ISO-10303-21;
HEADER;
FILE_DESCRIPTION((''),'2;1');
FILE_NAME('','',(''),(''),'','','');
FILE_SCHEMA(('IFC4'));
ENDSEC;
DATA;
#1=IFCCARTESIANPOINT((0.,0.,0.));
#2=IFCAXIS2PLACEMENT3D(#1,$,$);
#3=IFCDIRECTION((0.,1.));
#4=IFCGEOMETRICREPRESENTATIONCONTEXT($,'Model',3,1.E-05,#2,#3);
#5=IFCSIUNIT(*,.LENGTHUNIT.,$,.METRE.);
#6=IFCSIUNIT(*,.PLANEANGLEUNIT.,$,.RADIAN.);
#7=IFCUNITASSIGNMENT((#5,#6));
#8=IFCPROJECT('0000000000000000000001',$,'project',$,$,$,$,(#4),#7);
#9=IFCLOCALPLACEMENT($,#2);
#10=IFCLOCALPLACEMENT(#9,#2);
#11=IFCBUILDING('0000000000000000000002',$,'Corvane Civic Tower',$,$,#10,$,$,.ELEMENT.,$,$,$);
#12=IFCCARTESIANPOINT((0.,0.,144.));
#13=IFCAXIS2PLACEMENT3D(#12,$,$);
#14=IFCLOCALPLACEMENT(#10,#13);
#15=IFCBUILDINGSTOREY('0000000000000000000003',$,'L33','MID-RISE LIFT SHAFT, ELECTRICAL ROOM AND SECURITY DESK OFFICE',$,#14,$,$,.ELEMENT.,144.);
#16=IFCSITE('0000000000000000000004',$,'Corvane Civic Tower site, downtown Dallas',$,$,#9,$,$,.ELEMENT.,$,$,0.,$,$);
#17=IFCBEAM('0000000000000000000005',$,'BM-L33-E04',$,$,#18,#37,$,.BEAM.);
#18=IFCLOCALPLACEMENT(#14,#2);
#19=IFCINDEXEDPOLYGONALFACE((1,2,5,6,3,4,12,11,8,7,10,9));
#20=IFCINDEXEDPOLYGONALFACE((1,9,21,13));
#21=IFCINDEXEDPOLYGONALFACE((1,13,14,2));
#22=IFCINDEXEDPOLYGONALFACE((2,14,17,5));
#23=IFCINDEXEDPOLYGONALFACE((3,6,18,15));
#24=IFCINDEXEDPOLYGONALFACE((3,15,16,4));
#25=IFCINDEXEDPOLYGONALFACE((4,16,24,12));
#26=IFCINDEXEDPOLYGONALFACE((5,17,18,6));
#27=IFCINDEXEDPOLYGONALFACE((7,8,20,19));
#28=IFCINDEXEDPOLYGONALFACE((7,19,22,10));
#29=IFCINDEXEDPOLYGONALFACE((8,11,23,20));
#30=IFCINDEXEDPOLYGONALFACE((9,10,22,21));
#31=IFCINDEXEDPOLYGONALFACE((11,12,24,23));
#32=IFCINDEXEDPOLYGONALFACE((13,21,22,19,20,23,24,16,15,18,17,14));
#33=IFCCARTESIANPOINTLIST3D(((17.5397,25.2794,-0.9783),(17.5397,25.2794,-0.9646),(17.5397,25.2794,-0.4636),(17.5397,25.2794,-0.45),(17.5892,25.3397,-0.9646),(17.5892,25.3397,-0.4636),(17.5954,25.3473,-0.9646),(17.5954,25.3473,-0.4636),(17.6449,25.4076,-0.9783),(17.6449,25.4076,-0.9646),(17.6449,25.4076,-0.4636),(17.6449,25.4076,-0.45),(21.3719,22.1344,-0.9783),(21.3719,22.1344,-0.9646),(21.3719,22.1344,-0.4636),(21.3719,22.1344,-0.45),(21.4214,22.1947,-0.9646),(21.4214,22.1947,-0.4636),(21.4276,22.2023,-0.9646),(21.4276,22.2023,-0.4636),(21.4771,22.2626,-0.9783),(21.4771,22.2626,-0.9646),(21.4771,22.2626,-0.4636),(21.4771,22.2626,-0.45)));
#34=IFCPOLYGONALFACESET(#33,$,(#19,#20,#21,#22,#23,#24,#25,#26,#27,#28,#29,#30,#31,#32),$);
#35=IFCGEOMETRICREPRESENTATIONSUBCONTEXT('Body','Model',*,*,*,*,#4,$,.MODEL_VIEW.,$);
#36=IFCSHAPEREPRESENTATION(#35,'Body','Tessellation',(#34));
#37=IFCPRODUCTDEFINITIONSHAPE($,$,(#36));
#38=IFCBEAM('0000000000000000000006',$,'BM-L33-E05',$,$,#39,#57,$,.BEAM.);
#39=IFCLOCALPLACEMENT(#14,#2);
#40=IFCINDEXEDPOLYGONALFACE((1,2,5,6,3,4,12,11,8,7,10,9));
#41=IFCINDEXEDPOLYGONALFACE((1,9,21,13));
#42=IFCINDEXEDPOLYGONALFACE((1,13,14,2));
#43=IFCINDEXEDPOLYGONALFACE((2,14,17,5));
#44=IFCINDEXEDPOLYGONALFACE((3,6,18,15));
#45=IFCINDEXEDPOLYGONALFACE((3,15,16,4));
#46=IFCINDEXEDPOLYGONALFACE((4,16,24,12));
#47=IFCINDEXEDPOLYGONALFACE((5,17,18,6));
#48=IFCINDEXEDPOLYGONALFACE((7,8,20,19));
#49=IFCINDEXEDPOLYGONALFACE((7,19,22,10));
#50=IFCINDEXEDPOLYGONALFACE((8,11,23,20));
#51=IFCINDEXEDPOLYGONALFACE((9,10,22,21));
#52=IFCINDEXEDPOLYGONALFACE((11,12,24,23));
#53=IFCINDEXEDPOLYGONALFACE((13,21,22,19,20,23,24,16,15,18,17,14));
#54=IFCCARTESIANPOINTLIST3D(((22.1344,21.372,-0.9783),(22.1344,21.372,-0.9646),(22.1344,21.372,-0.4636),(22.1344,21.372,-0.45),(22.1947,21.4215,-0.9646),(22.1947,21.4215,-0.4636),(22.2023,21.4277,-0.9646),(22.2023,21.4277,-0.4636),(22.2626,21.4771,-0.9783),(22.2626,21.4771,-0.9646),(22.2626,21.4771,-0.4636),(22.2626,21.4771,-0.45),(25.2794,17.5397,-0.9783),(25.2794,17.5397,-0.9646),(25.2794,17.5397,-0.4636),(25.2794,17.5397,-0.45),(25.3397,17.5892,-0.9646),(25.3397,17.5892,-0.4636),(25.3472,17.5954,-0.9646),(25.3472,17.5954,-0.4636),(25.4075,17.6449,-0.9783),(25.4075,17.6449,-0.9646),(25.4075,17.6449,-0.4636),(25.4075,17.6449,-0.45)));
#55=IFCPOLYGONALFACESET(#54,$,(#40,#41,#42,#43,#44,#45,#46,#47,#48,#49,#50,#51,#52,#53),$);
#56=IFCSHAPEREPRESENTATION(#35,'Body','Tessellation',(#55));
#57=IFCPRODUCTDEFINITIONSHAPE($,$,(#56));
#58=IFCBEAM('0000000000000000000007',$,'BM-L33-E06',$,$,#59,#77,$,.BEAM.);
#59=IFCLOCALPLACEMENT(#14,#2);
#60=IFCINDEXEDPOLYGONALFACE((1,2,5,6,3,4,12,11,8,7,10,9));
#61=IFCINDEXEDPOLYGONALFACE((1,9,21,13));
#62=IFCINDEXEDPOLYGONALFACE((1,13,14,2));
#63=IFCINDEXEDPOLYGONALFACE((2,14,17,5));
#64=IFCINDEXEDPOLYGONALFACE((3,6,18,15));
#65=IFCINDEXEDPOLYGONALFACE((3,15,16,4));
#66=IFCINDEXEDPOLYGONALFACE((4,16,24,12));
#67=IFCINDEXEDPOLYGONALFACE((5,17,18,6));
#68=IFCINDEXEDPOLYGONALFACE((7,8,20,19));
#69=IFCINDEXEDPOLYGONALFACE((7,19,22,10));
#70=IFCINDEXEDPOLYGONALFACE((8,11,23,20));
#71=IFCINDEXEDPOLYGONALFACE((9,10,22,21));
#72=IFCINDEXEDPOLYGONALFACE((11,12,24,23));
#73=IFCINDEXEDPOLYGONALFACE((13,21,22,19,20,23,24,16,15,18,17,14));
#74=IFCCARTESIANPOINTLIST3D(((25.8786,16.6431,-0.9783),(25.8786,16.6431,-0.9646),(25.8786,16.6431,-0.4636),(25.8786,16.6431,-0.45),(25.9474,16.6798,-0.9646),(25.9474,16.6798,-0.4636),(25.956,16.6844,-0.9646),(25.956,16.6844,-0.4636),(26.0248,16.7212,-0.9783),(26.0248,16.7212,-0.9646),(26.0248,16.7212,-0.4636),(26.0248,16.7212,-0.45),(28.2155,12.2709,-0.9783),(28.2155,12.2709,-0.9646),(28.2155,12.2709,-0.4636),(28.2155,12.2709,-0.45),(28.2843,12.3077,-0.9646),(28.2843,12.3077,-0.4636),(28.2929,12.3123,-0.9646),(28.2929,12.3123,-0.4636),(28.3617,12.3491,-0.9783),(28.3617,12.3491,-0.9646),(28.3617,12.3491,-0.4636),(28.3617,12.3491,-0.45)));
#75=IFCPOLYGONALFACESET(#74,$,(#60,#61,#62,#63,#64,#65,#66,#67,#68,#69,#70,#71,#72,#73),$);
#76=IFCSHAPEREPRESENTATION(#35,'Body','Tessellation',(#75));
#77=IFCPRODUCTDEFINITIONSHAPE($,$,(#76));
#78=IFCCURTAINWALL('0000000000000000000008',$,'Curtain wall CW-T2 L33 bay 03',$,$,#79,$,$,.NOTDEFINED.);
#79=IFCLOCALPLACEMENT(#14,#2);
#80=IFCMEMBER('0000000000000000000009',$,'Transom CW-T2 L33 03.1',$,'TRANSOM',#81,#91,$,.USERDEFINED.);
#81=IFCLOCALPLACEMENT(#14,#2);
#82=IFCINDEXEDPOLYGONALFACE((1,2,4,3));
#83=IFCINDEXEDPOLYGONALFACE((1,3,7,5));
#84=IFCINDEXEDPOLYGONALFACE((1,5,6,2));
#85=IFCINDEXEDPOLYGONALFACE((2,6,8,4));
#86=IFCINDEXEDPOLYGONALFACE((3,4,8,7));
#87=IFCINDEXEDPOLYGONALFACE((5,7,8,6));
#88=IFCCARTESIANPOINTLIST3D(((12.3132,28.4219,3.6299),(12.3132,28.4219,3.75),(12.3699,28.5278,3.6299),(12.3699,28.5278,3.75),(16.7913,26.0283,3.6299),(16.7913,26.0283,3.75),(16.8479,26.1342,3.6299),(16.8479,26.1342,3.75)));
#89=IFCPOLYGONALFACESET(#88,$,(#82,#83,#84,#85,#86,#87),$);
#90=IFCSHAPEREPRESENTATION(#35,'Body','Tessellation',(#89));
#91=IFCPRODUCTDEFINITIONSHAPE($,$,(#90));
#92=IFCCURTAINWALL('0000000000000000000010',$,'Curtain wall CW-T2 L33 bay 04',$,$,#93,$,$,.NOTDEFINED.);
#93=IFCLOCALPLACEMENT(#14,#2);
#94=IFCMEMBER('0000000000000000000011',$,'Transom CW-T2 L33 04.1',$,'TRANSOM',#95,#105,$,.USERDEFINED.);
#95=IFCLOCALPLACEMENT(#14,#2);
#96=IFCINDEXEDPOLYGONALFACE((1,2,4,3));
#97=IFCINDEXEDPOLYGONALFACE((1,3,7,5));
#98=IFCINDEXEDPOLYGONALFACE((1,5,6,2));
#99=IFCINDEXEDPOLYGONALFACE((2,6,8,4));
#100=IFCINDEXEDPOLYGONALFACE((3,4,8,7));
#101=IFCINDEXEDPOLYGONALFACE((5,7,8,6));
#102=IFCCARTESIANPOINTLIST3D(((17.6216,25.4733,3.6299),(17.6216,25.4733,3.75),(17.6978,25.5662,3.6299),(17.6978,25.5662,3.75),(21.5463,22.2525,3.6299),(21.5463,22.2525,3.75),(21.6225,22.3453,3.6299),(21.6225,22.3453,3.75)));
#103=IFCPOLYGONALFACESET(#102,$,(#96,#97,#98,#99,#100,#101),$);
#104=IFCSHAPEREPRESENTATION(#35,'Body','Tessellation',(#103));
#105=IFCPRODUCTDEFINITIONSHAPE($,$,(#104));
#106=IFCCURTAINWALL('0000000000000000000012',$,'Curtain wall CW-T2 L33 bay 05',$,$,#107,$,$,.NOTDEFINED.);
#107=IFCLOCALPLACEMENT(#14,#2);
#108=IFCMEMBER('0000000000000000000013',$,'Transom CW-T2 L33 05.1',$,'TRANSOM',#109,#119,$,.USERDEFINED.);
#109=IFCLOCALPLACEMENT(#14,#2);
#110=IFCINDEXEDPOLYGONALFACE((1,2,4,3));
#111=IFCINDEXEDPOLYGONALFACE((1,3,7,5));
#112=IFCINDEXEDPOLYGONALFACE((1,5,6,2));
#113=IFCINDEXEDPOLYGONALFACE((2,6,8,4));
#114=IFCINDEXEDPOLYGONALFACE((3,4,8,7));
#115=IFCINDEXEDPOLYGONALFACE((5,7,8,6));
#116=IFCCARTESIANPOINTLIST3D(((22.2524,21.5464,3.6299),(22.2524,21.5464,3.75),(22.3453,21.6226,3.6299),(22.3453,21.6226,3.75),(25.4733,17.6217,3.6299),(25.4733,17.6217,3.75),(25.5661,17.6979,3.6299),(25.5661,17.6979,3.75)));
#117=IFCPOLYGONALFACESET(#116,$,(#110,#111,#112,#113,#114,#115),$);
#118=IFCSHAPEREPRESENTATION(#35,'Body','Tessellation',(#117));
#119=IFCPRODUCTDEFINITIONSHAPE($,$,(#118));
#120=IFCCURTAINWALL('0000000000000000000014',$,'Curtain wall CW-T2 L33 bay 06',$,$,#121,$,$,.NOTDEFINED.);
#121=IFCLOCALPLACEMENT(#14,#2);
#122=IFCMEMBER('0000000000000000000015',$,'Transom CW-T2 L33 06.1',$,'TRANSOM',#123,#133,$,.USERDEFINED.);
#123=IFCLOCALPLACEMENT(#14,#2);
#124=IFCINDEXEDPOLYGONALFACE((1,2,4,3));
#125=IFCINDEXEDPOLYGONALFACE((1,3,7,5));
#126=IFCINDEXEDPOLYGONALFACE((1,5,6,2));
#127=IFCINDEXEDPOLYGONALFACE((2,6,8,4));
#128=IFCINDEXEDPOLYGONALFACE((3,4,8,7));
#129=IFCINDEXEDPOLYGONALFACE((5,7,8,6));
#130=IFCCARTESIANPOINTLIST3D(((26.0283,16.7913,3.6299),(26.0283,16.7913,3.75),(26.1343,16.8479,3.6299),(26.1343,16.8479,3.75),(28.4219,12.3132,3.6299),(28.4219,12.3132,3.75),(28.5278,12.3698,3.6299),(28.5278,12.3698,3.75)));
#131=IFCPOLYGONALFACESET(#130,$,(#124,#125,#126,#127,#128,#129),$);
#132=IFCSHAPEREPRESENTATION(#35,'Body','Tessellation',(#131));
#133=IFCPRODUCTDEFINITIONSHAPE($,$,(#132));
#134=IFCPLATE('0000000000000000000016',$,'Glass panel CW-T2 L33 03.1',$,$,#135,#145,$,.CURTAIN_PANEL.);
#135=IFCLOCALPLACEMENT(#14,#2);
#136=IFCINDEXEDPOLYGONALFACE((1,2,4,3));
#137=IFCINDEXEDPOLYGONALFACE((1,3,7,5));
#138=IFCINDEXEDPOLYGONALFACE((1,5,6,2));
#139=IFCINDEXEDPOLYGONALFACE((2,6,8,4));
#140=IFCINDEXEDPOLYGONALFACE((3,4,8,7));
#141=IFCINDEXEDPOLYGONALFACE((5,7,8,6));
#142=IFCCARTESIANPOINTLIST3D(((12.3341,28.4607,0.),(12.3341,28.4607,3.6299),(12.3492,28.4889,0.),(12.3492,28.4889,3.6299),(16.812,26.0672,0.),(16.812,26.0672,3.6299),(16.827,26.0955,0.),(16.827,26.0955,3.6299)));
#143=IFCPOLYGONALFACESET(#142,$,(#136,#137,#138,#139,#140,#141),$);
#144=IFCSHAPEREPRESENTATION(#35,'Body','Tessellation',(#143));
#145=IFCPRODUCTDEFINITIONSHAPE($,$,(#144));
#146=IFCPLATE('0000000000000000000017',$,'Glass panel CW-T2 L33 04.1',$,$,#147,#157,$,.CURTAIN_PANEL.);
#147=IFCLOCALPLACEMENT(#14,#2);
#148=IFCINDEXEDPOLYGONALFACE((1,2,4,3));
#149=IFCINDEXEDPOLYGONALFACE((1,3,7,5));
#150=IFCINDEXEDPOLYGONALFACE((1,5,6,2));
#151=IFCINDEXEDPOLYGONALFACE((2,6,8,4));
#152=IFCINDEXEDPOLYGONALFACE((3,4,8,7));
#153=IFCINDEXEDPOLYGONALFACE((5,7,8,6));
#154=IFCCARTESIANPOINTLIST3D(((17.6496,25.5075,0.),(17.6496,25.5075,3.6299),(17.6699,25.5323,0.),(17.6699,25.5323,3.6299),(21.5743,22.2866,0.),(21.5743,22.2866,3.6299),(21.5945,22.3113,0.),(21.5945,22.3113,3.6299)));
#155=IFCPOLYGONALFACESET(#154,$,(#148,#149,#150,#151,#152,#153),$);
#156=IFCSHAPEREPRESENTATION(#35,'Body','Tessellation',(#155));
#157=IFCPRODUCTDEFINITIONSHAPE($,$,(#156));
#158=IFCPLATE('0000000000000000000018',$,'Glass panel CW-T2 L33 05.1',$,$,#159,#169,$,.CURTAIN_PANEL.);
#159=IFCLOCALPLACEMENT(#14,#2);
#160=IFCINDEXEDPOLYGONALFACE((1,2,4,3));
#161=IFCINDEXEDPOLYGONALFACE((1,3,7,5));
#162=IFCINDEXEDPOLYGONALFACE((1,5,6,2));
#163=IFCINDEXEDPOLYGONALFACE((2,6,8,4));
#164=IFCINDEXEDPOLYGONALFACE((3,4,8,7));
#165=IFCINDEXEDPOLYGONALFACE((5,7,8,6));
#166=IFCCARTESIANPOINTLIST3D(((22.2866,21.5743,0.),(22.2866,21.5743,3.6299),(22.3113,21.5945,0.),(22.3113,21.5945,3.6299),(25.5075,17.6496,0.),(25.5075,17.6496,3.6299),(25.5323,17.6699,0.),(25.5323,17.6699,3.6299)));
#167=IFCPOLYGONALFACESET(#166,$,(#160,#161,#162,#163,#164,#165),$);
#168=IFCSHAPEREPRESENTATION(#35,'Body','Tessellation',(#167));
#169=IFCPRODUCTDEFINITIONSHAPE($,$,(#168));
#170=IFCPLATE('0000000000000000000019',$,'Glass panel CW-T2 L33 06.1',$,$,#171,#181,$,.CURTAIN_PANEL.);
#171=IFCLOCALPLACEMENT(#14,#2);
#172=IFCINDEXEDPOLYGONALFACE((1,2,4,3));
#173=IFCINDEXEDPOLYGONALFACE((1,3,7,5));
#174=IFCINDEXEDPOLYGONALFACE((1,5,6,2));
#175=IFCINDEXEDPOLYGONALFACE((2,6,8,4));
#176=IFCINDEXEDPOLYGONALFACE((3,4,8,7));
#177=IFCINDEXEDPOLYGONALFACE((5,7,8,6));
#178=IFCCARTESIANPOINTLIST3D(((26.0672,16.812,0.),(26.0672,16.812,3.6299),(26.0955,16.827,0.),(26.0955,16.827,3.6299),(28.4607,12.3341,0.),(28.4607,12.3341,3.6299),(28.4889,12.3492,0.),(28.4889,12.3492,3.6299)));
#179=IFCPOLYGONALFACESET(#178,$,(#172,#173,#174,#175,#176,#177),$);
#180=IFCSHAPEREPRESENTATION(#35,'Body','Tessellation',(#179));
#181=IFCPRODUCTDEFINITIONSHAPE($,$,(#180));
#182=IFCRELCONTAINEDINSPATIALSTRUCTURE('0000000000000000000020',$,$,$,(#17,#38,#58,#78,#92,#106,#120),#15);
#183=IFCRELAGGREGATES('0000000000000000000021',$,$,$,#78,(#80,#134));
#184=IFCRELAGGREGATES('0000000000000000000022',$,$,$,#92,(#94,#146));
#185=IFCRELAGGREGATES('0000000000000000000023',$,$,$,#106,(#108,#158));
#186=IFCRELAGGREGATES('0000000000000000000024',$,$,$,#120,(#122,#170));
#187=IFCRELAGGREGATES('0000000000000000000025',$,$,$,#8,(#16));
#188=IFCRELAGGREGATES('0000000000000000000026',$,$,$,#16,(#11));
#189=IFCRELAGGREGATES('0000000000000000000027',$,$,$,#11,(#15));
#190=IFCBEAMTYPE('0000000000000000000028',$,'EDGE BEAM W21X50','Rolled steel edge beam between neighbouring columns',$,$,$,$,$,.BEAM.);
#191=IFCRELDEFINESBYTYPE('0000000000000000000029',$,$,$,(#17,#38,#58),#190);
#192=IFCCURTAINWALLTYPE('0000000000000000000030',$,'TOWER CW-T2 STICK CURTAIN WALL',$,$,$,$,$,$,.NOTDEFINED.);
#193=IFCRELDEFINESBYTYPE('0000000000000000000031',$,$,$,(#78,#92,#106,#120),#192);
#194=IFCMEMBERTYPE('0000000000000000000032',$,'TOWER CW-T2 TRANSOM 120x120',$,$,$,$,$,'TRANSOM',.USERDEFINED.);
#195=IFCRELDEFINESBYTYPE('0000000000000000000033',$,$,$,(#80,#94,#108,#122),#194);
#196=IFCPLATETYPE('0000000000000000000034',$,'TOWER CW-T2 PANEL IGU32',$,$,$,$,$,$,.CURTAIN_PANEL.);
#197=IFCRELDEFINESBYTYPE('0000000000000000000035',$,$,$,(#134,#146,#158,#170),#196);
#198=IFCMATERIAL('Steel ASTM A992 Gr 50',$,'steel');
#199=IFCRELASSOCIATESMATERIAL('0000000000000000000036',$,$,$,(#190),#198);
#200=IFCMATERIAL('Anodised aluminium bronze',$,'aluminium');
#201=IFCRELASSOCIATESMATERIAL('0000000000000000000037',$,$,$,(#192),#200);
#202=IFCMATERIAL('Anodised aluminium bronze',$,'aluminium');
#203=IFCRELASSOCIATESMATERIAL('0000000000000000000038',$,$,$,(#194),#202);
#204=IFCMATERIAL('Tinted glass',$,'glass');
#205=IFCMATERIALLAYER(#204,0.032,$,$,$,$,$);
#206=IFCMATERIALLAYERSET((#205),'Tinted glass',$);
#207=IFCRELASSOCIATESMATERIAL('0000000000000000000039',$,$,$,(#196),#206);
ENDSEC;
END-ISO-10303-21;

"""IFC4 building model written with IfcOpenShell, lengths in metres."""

from ifc_helpers import new_model, si_unit, direction, frame, origin, origin_2d, place, context, subcontext, project, spatial, rectangle, i_section, extrude, material, layer, layer_set, material_profile, profile_set, type_object, element, aggregate, save


model = new_model("IFC4")

# Units and contexts
model_context = context("Model", 3, precision=1e-05, world=origin(), true_north=direction((0.0, 1.0)))
body_context = subcontext(model_context, "Body", "Model", "MODEL_VIEW")
ifc_project = project(units=[si_unit("LENGTHUNIT", "METRE"), si_unit("PLANEANGLEUNIT", "RADIAN")], contexts=[model_context])

# Site, building, storey
site_placement = place(None, origin())
site = spatial("IfcSite", under=ifc_project, at=site_placement, Name="Corvane Civic Tower site, downtown Dallas", CompositionType="ELEMENT", RefElevation=0.0)
building_placement = place(site_placement, origin())
building = spatial("IfcBuilding", under=site, at=building_placement, Name="Corvane Civic Tower", CompositionType="ELEMENT")
storey_placement = place(building_placement, frame((0.0, 0.0, 144.0)))
storey = spatial("IfcBuildingStorey", under=building, at=storey_placement, Name="L33", Description="MID-RISE LIFT SHAFT, ELECTRICAL ROOM AND SECURITY DESK OFFICE", CompositionType="ELEMENT", Elevation=144.0)

# Beams
ifc_material_1 = material(Name="Steel ASTM A992 Gr 50", Category="steel")
ifc_material_profile_1 = material_profile(ifc_material_1, i_section(OverallWidth=0.1658, OverallDepth=0.5283, WebThickness=0.0098, FlangeThickness=0.0137, at=origin_2d()), Name="W21X50")
ifc_profile_set_1 = profile_set([ifc_material_profile_1], Name="Steel ASTM A992 Gr 50")
beam_type = type_object("IfcBeamType", Name="EDGE BEAM W21X50", Description="Rolled steel edge beam between neighbouring columns", PredefinedType="BEAM", material=ifc_profile_set_1)
for number, where, z_axis, x_axis, name in (
    (1, (17.5923, 25.3435, -0.7141), (0.773015, -0.634388, 0.0), (0.634388, 0.773015, 0.0), "BM-L33-E04"),
    (2, (22.1985, 21.4246, -0.7141), (0.634388, -0.773015, 0.0), (0.773015, 0.634388, 0.0), "BM-L33-E05"),
    (3, (25.9517, 16.6821, -0.7141), (0.471396, -0.881922, 0.0), (0.881922, 0.471396, 0.0), "BM-L33-E06"),
):
    element("IfcBeam", number, at=place(storey_placement, frame(where, z_axis=z_axis, x_axis=x_axis)), inside=storey, type_object=beam_type, Name=name, PredefinedType="BEAM", context=body_context, shape_type="SweptSolid", body=[
        extrude(i_section(OverallWidth=0.1658, OverallDepth=0.5283, WebThickness=0.0098, FlangeThickness=0.0137, at=origin_2d()), origin(), (0.0, 0.0, 1.0), 4.9575),
    ])

# Curtain walls, members
ifc_material_2 = material(Name="Anodised aluminium bronze", Category="aluminium")
curtain_wall_type = type_object("IfcCurtainWallType", Name="TOWER CW-T2 STICK CURTAIN WALL", PredefinedType="NOTDEFINED", material=ifc_material_2)
curtain_wall_1_placement = place(storey_placement, origin())
curtain_wall_1 = element("IfcCurtainWall", 4, at=curtain_wall_1_placement, inside=storey, type_object=curtain_wall_type, Name="Curtain wall CW-T2 L33 bay 03", PredefinedType="NOTDEFINED")
ifc_material_3 = material(Name="Anodised aluminium bronze", Category="aluminium")
ifc_material_profile_2 = material_profile(ifc_material_3, rectangle(XDim=0.1201, YDim=0.1201, at=origin_2d()), Name="TOWER CW-T2 TRANSOM 120x120")
ifc_profile_set_2 = profile_set([ifc_material_profile_2], Name="Anodised aluminium bronze")
member_type = type_object("IfcMemberType", Name="TOWER CW-T2 TRANSOM 120x120", ElementType="TRANSOM", PredefinedType="USERDEFINED", material=ifc_profile_set_2)
member_1_placement = place(storey_placement, frame((12.3416, 28.4749, 3.6899), z_axis=(0.881921, -0.471397, 0.0), x_axis=(0.471397, 0.881921, 0.0)))
member_1 = element("IfcMember", 5, at=member_1_placement, type_object=member_type, Name="Transom CW-T2 L33 03.1", ObjectType="TRANSOM", PredefinedType="USERDEFINED", context=body_context, shape_type="SweptSolid", body=[
    extrude(rectangle(XDim=0.1201, YDim=0.1201, at=origin_2d()), origin(), (0.0, 0.0, 1.0), 5.0776),
])
curtain_wall_2_placement = place(storey_placement, origin())
curtain_wall_2 = element("IfcCurtainWall", 6, at=curtain_wall_2_placement, inside=storey, type_object=curtain_wall_type, Name="Curtain wall CW-T2 L33 bay 04", PredefinedType="NOTDEFINED")
member_2_placement = place(storey_placement, frame((17.6597, 25.5198, 3.6899), z_axis=(0.773016, -0.634387, 0.0), x_axis=(0.634387, 0.773016, 0.0)))
member_2 = element("IfcMember", 7, at=member_2_placement, type_object=member_type, Name="Transom CW-T2 L33 04.1", ObjectType="TRANSOM", PredefinedType="USERDEFINED", context=body_context, shape_type="SweptSolid", body=[
    extrude(rectangle(XDim=0.1201, YDim=0.1201, at=origin_2d()), origin(), (0.0, 0.0, 1.0), 5.0771),
])
curtain_wall_3_placement = place(storey_placement, origin())
curtain_wall_3 = element("IfcCurtainWall", 8, at=curtain_wall_3_placement, inside=storey, type_object=curtain_wall_type, Name="Curtain wall CW-T2 L33 bay 05", PredefinedType="NOTDEFINED")
member_3_placement = place(storey_placement, frame((22.2988, 21.5845, 3.6899), z_axis=(0.634387, -0.773016, 0.0), x_axis=(0.773016, 0.634387, 0.0)))
member_3 = element("IfcMember", 9, at=member_3_placement, type_object=member_type, Name="Transom CW-T2 L33 05.1", ObjectType="TRANSOM", PredefinedType="USERDEFINED", context=body_context, shape_type="SweptSolid", body=[
    extrude(rectangle(XDim=0.1201, YDim=0.1201, at=origin_2d()), origin(), (0.0, 0.0, 1.0), 5.0771),
])
curtain_wall_4_placement = place(storey_placement, origin())
curtain_wall_4 = element("IfcCurtainWall", 10, at=curtain_wall_4_placement, inside=storey, type_object=curtain_wall_type, Name="Curtain wall CW-T2 L33 bay 06", PredefinedType="NOTDEFINED")
member_4_placement = place(storey_placement, frame((26.0813, 16.8196, 3.6899), z_axis=(0.471397, -0.881921, 0.0), x_axis=(0.881921, 0.471397, 0.0)))
member_4 = element("IfcMember", 11, at=member_4_placement, type_object=member_type, Name="Transom CW-T2 L33 06.1", ObjectType="TRANSOM", PredefinedType="USERDEFINED", context=body_context, shape_type="SweptSolid", body=[
    extrude(rectangle(XDim=0.1201, YDim=0.1201, at=origin_2d()), origin(), (0.0, 0.0, 1.0), 5.0776),
])

# Plates
ifc_material_4 = material(Name="Tinted glass", Category="glass")
ifc_layer_1 = layer(ifc_material_4, 0.032)
ifc_layer_set_1 = layer_set([ifc_layer_1], Name="Tinted glass")
plate_type = type_object("IfcPlateType", Name="TOWER CW-T2 PANEL IGU32", PredefinedType="CURTAIN_PANEL", material=ifc_layer_set_1)
plate_1_placement = place(storey_placement, frame((14.5806, 27.2781, 0.0), z_axis=(0.0, 0.0, 1.0), x_axis=(0.881922, -0.471395, 0.0)))
plate_1 = element("IfcPlate", 12, at=plate_1_placement, type_object=plate_type, Name="Glass panel CW-T2 L33 03.1", PredefinedType="CURTAIN_PANEL", context=body_context, shape_type="SweptSolid", body=[
    extrude(rectangle(XDim=5.0774, YDim=0.032, at=origin_2d()), origin(), (0.0, 0.0, 1.0), 3.6299),
])
aggregate(curtain_wall_1, [member_1, plate_1])
plate_2_placement = place(storey_placement, frame((19.6221, 23.9094, 0.0), z_axis=(0.0, 0.0, 1.0), x_axis=(0.773005, -0.6344, 0.0)))
plate_2 = element("IfcPlate", 13, at=plate_2_placement, type_object=plate_type, Name="Glass panel CW-T2 L33 04.1", PredefinedType="CURTAIN_PANEL", context=body_context, shape_type="SweptSolid", body=[
    extrude(rectangle(XDim=5.0771, YDim=0.032, at=origin_2d()), origin(), (0.0, 0.0, 1.0), 3.6299),
])
aggregate(curtain_wall_2, [member_2, plate_2])
plate_3_placement = place(storey_placement, frame((23.9094, 19.6221, 0.0), z_axis=(0.0, 0.0, 1.0), x_axis=(0.6344, -0.773005, 0.0)))
plate_3 = element("IfcPlate", 14, at=plate_3_placement, type_object=plate_type, Name="Glass panel CW-T2 L33 05.1", PredefinedType="CURTAIN_PANEL", context=body_context, shape_type="SweptSolid", body=[
    extrude(rectangle(XDim=5.0771, YDim=0.032, at=origin_2d()), origin(), (0.0, 0.0, 1.0), 3.6299),
])
aggregate(curtain_wall_3, [member_3, plate_3])
plate_4_placement = place(storey_placement, frame((27.2781, 14.5806, 0.0), z_axis=(0.0, 0.0, 1.0), x_axis=(0.471395, -0.881922, 0.0)))
plate_4 = element("IfcPlate", 15, at=plate_4_placement, type_object=plate_type, Name="Glass panel CW-T2 L33 06.1", PredefinedType="CURTAIN_PANEL", context=body_context, shape_type="SweptSolid", body=[
    extrude(rectangle(XDim=5.0774, YDim=0.032, at=origin_2d()), origin(), (0.0, 0.0, 1.0), 3.6299),
])
aggregate(curtain_wall_4, [member_4, plate_4])

save(model, "model.ifc")
